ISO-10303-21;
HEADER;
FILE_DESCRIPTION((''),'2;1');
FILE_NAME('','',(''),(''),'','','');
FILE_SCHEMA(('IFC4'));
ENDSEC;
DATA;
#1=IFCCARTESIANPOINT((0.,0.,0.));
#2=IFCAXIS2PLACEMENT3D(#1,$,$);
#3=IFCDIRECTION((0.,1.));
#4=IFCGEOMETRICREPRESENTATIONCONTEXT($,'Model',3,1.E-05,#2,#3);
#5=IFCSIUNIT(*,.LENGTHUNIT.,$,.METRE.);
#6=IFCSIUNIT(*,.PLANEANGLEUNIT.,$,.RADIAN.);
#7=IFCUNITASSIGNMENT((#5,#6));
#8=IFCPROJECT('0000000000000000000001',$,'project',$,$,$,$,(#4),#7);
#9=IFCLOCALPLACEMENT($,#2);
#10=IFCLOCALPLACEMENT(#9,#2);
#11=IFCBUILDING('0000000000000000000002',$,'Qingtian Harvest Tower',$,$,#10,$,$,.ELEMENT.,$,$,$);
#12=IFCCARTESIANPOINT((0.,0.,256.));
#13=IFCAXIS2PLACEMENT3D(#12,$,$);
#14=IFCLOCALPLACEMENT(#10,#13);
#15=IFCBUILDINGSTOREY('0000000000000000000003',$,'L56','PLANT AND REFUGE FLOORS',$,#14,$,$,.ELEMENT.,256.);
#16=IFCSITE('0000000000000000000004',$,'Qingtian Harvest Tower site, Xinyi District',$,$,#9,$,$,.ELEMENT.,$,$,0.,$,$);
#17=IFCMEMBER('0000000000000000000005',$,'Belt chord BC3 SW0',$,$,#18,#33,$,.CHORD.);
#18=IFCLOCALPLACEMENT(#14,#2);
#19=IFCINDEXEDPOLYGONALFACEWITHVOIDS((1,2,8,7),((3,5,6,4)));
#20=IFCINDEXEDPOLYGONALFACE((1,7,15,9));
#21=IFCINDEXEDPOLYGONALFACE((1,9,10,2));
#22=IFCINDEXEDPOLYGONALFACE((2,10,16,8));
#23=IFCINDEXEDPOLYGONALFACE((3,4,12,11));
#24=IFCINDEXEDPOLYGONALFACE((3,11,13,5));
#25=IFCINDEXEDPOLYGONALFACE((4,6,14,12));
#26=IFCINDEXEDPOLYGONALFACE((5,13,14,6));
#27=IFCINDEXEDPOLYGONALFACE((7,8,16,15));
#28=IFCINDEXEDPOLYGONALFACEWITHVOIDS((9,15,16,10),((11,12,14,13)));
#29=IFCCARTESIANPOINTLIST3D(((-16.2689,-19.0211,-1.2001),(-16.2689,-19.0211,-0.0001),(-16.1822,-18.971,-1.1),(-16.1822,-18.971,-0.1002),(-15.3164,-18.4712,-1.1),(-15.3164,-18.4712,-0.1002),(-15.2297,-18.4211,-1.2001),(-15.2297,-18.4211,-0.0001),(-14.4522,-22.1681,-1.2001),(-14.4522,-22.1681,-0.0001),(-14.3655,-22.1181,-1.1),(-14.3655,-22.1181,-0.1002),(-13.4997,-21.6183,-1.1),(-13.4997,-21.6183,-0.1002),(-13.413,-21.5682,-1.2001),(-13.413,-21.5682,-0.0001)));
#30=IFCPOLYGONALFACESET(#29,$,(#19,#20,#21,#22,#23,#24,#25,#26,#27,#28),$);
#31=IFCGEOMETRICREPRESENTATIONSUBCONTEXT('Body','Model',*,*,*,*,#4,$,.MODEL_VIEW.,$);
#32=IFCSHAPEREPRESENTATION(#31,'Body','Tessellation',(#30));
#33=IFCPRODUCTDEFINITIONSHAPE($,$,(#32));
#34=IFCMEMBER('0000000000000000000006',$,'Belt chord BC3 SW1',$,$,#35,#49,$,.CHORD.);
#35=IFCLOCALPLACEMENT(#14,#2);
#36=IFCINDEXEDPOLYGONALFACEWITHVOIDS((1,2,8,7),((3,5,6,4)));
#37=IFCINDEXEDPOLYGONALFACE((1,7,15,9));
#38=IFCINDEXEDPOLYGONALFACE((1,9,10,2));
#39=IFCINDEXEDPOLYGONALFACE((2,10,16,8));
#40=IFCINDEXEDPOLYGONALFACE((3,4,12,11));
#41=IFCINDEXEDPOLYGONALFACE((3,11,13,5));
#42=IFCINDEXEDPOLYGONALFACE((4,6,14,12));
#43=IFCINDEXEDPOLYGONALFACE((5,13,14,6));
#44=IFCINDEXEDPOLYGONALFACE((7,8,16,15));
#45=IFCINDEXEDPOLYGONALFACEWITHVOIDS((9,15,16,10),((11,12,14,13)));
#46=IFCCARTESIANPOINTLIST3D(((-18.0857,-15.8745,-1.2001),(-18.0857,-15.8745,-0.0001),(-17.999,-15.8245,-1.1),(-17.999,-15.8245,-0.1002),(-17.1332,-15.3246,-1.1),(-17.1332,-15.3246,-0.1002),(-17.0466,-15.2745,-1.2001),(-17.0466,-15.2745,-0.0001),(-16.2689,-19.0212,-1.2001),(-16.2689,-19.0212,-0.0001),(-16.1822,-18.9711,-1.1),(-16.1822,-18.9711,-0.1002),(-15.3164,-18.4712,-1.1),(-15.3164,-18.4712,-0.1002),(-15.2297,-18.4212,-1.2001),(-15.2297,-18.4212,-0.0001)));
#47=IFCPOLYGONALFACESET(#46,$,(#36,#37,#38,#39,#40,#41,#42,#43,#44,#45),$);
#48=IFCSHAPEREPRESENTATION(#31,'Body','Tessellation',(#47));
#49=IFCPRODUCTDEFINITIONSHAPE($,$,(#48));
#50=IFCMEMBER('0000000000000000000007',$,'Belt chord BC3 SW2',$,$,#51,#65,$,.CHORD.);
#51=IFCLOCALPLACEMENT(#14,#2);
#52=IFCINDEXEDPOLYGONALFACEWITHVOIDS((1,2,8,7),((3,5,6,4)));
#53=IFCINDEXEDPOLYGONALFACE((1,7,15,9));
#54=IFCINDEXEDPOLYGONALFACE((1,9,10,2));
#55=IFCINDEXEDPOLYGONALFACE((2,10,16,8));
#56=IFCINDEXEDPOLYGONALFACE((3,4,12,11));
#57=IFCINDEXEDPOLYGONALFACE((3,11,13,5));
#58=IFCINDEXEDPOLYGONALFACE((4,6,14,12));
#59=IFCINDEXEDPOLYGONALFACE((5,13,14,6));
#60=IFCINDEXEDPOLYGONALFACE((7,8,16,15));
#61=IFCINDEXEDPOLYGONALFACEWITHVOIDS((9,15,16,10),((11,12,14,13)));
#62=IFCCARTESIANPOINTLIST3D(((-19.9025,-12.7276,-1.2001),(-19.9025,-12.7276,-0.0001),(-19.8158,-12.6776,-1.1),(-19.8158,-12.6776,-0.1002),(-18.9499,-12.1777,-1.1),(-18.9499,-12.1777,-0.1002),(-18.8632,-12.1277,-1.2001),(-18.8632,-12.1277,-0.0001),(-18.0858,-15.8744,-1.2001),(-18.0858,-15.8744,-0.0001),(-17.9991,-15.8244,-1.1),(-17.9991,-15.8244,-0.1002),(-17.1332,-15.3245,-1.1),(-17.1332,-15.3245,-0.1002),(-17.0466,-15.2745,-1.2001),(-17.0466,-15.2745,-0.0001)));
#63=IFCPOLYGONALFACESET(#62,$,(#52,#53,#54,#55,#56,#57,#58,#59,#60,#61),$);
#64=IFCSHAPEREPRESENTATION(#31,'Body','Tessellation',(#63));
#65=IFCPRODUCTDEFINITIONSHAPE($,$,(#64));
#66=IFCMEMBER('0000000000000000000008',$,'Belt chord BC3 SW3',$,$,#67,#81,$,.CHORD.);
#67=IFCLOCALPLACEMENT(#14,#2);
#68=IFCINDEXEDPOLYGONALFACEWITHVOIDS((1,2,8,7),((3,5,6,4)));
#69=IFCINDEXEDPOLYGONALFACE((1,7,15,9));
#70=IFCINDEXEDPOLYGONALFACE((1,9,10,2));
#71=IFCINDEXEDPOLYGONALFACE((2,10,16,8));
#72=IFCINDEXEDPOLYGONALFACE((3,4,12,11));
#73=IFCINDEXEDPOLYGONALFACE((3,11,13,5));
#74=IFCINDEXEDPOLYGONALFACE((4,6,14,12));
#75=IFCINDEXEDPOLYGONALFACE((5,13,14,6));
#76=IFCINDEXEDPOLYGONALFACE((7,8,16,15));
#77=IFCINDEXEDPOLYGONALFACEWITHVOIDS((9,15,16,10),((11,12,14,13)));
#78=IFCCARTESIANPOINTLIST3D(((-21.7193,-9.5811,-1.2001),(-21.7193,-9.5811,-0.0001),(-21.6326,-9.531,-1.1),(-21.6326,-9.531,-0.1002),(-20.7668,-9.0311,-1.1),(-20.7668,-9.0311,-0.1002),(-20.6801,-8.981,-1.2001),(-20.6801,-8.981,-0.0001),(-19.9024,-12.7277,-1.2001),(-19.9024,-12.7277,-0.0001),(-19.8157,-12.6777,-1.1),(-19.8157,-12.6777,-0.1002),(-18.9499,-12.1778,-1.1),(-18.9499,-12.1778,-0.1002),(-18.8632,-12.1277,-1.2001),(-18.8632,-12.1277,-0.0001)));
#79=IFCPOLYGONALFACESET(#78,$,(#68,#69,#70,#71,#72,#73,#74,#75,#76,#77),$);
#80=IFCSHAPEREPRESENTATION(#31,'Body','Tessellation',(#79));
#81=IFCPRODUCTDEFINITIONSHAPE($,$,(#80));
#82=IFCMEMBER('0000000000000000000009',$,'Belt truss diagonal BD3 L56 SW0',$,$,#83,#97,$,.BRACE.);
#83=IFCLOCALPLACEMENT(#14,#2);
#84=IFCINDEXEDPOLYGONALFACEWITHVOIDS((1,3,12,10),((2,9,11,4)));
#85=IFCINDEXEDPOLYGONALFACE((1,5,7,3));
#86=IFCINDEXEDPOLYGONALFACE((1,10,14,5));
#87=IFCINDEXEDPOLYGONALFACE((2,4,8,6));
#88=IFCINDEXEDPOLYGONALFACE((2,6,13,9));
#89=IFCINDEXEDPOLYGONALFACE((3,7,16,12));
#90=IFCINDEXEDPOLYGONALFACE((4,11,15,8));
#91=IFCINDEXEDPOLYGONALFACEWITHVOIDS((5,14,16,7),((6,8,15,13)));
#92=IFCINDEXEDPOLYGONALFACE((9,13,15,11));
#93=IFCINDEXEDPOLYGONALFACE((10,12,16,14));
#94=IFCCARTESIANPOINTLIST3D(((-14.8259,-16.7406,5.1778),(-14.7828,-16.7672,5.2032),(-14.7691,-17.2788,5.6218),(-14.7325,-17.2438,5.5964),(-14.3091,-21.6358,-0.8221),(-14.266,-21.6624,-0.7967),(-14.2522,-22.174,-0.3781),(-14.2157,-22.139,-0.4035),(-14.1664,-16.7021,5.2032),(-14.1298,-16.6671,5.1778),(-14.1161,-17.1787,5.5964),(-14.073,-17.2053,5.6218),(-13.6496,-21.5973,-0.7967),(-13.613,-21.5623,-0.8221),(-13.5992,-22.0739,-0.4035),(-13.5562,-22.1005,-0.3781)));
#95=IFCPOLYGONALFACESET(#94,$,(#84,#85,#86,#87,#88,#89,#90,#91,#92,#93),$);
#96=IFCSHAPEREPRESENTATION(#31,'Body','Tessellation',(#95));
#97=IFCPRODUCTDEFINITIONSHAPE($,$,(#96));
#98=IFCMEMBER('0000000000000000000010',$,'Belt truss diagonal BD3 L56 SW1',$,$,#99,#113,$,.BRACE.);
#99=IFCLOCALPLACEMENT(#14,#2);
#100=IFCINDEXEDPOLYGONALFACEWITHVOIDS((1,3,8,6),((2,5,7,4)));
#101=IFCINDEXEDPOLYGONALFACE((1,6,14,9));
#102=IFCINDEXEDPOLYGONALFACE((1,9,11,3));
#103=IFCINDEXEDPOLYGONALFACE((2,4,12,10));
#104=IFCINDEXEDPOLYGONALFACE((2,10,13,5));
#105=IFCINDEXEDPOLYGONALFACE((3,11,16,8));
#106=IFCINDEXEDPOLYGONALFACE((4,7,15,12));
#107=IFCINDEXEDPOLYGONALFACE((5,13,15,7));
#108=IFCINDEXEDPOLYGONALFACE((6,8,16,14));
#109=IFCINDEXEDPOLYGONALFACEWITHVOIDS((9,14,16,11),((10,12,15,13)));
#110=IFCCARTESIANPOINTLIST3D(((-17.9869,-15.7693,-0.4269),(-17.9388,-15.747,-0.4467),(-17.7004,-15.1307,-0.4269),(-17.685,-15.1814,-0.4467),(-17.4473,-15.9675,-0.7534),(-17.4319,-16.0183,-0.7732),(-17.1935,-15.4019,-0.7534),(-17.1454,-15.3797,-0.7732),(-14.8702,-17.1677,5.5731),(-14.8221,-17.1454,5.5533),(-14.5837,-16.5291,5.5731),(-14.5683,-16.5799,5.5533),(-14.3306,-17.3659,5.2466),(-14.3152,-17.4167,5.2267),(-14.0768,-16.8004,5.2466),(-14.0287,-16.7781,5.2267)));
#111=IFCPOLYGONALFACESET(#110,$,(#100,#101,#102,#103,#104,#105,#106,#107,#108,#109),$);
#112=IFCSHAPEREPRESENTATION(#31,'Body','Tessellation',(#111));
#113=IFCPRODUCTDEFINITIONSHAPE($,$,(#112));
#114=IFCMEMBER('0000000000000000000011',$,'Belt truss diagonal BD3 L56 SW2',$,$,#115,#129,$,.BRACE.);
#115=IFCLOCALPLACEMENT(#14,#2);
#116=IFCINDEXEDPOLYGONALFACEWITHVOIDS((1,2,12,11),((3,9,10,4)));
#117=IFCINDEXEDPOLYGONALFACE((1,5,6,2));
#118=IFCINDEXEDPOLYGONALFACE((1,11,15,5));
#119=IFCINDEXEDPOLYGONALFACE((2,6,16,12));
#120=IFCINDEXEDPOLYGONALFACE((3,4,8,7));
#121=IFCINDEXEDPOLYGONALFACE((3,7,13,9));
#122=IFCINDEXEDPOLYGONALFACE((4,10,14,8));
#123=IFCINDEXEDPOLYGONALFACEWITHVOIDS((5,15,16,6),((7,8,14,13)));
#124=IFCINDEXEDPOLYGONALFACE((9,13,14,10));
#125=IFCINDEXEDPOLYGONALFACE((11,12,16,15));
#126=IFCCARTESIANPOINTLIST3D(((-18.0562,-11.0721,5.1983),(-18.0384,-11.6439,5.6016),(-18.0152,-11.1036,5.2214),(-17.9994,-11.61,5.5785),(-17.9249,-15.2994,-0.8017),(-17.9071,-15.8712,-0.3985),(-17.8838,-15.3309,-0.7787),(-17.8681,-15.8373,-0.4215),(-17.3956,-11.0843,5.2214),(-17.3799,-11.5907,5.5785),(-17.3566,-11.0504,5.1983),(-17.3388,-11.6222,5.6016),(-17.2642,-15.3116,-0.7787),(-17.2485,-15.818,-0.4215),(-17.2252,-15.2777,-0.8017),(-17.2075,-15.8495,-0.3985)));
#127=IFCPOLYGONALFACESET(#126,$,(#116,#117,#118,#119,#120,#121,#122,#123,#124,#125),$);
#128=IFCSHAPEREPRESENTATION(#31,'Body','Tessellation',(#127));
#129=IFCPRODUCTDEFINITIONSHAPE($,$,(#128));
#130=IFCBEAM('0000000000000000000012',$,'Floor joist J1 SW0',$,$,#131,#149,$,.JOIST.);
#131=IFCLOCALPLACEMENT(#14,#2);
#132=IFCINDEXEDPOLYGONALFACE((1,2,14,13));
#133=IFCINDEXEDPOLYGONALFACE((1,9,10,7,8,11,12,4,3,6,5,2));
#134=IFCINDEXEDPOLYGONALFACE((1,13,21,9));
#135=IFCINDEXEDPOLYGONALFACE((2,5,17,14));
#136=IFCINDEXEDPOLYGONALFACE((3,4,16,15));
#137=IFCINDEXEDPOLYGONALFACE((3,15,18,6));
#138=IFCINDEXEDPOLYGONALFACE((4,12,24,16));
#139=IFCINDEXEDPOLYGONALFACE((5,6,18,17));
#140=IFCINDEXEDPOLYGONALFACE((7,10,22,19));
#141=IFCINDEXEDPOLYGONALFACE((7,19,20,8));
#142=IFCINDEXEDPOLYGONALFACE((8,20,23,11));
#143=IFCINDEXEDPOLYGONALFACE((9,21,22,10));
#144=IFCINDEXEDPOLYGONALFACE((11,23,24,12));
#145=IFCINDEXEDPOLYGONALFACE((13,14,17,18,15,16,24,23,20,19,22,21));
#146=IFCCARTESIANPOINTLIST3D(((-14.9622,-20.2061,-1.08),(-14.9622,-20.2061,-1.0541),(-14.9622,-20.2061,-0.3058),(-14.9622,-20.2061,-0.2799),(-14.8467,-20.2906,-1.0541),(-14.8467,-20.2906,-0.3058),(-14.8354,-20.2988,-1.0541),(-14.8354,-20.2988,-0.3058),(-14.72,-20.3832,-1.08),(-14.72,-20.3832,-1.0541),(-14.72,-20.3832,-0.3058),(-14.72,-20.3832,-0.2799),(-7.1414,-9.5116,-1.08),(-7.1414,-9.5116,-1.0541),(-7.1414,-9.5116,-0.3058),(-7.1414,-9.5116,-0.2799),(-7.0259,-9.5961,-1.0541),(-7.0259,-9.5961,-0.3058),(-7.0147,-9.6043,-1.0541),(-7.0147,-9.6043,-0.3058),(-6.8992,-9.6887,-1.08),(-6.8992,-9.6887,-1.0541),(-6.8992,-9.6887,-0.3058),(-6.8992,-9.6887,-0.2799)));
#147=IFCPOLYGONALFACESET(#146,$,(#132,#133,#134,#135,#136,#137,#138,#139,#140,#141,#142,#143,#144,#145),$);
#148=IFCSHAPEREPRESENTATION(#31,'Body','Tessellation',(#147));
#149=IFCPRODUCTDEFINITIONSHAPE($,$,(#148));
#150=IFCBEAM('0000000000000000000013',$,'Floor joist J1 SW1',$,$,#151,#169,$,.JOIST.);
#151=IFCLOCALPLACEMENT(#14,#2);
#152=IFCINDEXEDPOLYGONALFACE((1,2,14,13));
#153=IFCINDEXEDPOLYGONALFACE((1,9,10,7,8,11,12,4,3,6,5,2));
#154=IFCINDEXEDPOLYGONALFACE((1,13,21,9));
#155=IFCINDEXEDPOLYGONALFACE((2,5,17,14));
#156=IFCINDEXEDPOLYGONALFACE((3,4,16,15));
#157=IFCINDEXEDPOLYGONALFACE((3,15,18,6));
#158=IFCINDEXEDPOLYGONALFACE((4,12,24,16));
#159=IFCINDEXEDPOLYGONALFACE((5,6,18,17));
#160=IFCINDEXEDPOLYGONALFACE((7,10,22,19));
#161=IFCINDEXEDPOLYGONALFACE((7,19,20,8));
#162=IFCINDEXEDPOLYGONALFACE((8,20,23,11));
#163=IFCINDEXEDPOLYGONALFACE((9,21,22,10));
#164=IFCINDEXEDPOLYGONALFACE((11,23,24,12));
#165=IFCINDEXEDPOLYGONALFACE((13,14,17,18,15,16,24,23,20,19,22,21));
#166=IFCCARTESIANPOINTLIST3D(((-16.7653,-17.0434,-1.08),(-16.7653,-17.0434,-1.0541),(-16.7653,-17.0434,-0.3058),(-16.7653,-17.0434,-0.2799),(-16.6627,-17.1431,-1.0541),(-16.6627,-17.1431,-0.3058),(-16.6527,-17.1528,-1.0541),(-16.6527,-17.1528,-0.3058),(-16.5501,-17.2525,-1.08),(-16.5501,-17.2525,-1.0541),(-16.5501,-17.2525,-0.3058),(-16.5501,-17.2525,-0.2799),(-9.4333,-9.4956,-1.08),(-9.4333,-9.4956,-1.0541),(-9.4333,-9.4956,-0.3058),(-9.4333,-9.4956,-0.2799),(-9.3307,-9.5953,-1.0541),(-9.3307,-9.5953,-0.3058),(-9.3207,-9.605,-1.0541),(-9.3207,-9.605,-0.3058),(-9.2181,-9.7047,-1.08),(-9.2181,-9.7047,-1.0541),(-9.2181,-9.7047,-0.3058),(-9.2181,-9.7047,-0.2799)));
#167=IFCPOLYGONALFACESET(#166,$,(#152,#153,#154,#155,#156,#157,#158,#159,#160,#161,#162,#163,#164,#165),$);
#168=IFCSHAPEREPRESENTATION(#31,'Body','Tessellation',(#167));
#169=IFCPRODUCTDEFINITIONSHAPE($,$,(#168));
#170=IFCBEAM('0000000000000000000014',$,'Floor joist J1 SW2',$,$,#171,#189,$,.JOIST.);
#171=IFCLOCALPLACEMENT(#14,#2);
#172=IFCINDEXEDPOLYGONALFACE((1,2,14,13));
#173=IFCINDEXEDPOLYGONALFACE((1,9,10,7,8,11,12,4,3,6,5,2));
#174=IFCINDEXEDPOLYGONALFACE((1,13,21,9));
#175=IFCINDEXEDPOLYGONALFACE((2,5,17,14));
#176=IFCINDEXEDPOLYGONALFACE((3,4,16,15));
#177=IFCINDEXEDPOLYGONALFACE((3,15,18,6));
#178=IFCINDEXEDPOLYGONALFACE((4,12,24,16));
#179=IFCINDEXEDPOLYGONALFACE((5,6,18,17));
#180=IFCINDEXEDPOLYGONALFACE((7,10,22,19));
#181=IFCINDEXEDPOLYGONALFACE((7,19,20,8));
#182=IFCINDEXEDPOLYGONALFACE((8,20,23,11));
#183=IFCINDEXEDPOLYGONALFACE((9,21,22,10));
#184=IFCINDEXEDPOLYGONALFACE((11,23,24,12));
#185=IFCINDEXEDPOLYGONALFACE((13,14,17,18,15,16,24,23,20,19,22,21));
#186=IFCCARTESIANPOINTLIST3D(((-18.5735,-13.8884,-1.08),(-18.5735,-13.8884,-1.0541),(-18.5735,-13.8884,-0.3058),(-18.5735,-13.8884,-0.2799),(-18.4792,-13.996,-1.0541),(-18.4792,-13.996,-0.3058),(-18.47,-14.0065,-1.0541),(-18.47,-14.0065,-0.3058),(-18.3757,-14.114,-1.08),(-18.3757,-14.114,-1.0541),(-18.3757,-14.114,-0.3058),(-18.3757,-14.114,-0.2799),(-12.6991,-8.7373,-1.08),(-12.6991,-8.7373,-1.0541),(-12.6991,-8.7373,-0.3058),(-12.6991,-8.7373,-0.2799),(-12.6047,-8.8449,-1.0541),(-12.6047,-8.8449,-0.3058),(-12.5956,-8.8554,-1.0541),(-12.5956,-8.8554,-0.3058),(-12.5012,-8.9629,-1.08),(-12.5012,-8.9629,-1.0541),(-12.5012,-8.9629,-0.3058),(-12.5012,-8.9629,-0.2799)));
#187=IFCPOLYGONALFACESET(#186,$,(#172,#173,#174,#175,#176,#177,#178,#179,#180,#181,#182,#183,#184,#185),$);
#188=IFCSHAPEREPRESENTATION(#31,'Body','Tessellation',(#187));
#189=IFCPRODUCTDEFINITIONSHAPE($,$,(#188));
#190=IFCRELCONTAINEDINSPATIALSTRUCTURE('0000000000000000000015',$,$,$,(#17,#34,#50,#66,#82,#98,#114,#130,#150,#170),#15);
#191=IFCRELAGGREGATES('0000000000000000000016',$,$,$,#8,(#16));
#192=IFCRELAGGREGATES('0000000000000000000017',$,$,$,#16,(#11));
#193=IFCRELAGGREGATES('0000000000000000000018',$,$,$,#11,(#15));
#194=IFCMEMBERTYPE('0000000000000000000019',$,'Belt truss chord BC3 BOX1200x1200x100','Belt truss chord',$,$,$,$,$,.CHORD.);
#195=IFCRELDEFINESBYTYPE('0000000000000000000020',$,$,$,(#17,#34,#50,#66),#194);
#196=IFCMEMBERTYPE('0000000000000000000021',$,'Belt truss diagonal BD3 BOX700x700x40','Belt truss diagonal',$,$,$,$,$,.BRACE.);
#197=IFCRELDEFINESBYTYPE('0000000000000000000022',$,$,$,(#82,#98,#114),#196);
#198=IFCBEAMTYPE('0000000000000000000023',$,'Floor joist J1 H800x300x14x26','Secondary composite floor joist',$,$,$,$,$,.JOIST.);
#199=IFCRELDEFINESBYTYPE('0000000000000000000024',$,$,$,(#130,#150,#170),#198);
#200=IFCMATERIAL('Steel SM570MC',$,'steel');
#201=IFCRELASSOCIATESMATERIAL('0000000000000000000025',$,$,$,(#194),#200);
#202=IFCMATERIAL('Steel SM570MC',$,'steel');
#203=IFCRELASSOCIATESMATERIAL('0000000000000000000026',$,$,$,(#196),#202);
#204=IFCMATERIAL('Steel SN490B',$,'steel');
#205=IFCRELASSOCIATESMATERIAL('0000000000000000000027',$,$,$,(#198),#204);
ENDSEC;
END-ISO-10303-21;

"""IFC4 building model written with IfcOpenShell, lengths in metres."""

from ifc_helpers import new_model, si_unit, direction, frame, origin, origin_2d, place, context, subcontext, project, spatial, hollow_rectangle, i_section, extrude, material, material_profile, profile_set, type_object, element, save


model = new_model("IFC4")

# Units and contexts
model_context = context("Model", 3, precision=1e-05, world=origin(), true_north=direction((0.0, 1.0)))
body_context = subcontext(model_context, "Body", "Model", "MODEL_VIEW")
ifc_project = project(units=[si_unit("LENGTHUNIT", "METRE"), si_unit("PLANEANGLEUNIT", "RADIAN")], contexts=[model_context])

# Site, building, storey
site_placement = place(None, origin())
site = spatial("IfcSite", under=ifc_project, at=site_placement, Name="Qingtian Harvest Tower site, Xinyi District", CompositionType="ELEMENT", RefElevation=0.0)
building_placement = place(site_placement, origin())
building = spatial("IfcBuilding", under=site, at=building_placement, Name="Qingtian Harvest Tower", CompositionType="ELEMENT")
storey_placement = place(building_placement, frame((0.0, 0.0, 256.0)))
storey = spatial("IfcBuildingStorey", under=building, at=storey_placement, Name="L56", Description="PLANT AND REFUGE FLOORS", CompositionType="ELEMENT", Elevation=256.0)

# Members
ifc_material_1 = material(Name="Steel SM570MC", Category="steel")
ifc_material_profile_1 = material_profile(ifc_material_1, hollow_rectangle(XDim=1.2, YDim=1.2, WallThickness=0.1001, at=origin_2d()), Name="BOX1200x1200x100")
ifc_profile_set_1 = profile_set([ifc_material_profile_1], Name="Steel SM570MC")
member_type_1 = type_object("IfcMemberType", Name="Belt truss chord BC3 BOX1200x1200x100", Description="Belt truss chord", PredefinedType="CHORD", material=ifc_profile_set_1)
member_1_placement = place(storey_placement, frame((-13.9326, -21.8682, -0.6001), z_axis=(-0.499947, 0.866056, 0.0), x_axis=(-0.866056, -0.499947, 0.0)))
element("IfcMember", 1, at=member_1_placement, inside=storey, type_object=member_type_1, Name="Belt chord BC3 SW0", PredefinedType="CHORD", context=body_context, shape_type="SweptSolid", body=[
    extrude(hollow_rectangle(XDim=1.2, YDim=1.2, WallThickness=0.1001, at=origin_2d()), origin(), (0.0, 0.0, 1.0), 3.6338),
])
for number, where, z_axis, x_axis, name in (
    (2, (-15.7493, -18.7212, -0.6001), (-0.500027, 0.86601, 0.0), (-0.86601, -0.500027, 0.0), "Belt chord BC3 SW1"),
    (3, (-17.5662, -15.5745, -0.6001), (-0.499976, 0.866039, 0.0), (-0.866039, -0.499976, 0.0), "Belt chord BC3 SW2"),
    (4, (-19.3828, -12.4277, -0.6001), (-0.500027, 0.86601, 0.0), (-0.86601, -0.500027, 0.0), "Belt chord BC3 SW3"),
):
    element("IfcMember", number, at=place(storey_placement, frame(where, z_axis=z_axis, x_axis=x_axis)), inside=storey, type_object=member_type_1, Name=name, PredefinedType="CHORD", context=body_context, shape_type="SweptSolid", body=[
        extrude(hollow_rectangle(XDim=1.2, YDim=1.2, WallThickness=0.1001, at=origin_2d()), origin(), (0.0, 0.0, 1.0), 3.6335),
    ])
ifc_material_2 = material(Name="Steel SM570MC", Category="steel")
ifc_material_profile_2 = material_profile(ifc_material_2, hollow_rectangle(XDim=0.7, YDim=0.7, WallThickness=0.04, at=origin_2d()), Name="BOX700x700x40")
ifc_profile_set_2 = profile_set([ifc_material_profile_2], Name="Steel SM570MC")
member_type_2 = type_object("IfcMemberType", Name="Belt truss diagonal BD3 BOX700x700x40", Description="Belt truss diagonal", PredefinedType="BRACE", material=ifc_profile_set_2)
member_2_placement = place(storey_placement, frame((-13.9326, -21.8682, -0.6001), z_axis=(-0.066597, 0.630764, 0.773112), x_axis=(-0.994473, -0.104997, 0.0)))
element("IfcMember", 5, at=member_2_placement, inside=storey, type_object=member_type_2, Name="Belt truss diagonal BD3 L56 SW0", PredefinedType="BRACE", context=body_context, shape_type="SweptSolid", body=[
    extrude(hollow_rectangle(XDim=0.7, YDim=0.7, WallThickness=0.04, at=origin_2d()), origin(), (0.0, 0.0, 1.0), 7.7607),
])
member_3_placement = place(storey_placement, frame((-14.4495, -16.9729, 5.3999), z_axis=(-0.451414, 0.202546, -0.869023), x_axis=(-0.409372, -0.912368, 0.0)))
element("IfcMember", 6, at=member_3_placement, inside=storey, type_object=member_type_2, Name="Belt truss diagonal BD3 L56 SW1", PredefinedType="BRACE", context=body_context, shape_type="SweptSolid", body=[
    extrude(hollow_rectangle(XDim=0.7, YDim=0.7, WallThickness=0.04, at=origin_2d()), origin(), (0.0, 0.0, 1.0), 6.9043),
])
member_4_placement = place(storey_placement, frame((-17.5662, -15.5745, -0.6001), z_axis=(-0.017893, 0.575863, 0.81735), x_axis=(-0.999518, -0.031056, 0.0)))
element("IfcMember", 7, at=member_4_placement, inside=storey, type_object=member_type_2, Name="Belt truss diagonal BD3 L56 SW2", PredefinedType="BRACE", context=body_context, shape_type="SweptSolid", body=[
    extrude(hollow_rectangle(XDim=0.7, YDim=0.7, WallThickness=0.04, at=origin_2d()), origin(), (0.0, 0.0, 1.0), 7.3408),
])

# Beams
ifc_material_3 = material(Name="Steel SN490B", Category="steel")
ifc_material_profile_3 = material_profile(ifc_material_3, i_section(OverallWidth=0.3, OverallDepth=0.8, WebThickness=0.0139, FlangeThickness=0.0259, at=origin_2d()), Name="H800x300x14x26")
ifc_profile_set_3 = profile_set([ifc_material_profile_3], Name="Steel SN490B")
beam_type_1 = type_object("IfcBeamType", Name="Floor joist J1 H800x300x14x26", Description="Secondary composite floor joist", PredefinedType="JOIST", material=ifc_profile_set_3)
beam_1_placement = place(storey_placement, frame((-14.8411, -20.2947, -0.6799), z_axis=(0.590289, 0.807192, 0.0), x_axis=(-0.807192, 0.590289, 0.0)))
element("IfcBeam", 8, at=beam_1_placement, inside=storey, type_object=beam_type_1, Name="Floor joist J1 SW0", PredefinedType="JOIST", context=body_context, shape_type="SweptSolid", body=[
    extrude(i_section(OverallWidth=0.3, OverallDepth=0.8, WebThickness=0.0139, FlangeThickness=0.0259, at=origin_2d()), origin(), (0.0, 0.0, 1.0), 13.249),
])
beam_2_placement = place(storey_placement, frame((-16.6577, -17.1479, -0.6799), z_axis=(0.696777, 0.717287, 0.0), x_axis=(-0.717287, 0.696777, 0.0)))
element("IfcBeam", 9, at=beam_2_placement, inside=storey, type_object=beam_type_1, Name="Floor joist J1 SW1", PredefinedType="JOIST", context=body_context, shape_type="SweptSolid", body=[
    extrude(i_section(OverallWidth=0.3, OverallDepth=0.8, WebThickness=0.0139, FlangeThickness=0.0259, at=origin_2d()), origin(), (0.0, 0.0, 1.0), 10.5227),
])
beam_3_placement = place(storey_placement, frame((-18.4746, -14.0012, -0.6799), z_axis=(0.751883, 0.659296, 0.0), x_axis=(-0.659296, 0.751883, 0.0)))
element("IfcBeam", 10, at=beam_3_placement, inside=storey, type_object=beam_type_1, Name="Floor joist J1 SW2", PredefinedType="JOIST", context=body_context, shape_type="SweptSolid", body=[
    extrude(i_section(OverallWidth=0.3, OverallDepth=0.8, WebThickness=0.0139, FlangeThickness=0.0259, at=origin_2d()), origin(), (0.0, 0.0, 1.0), 7.813),
])

save(model, "model.ifc")
